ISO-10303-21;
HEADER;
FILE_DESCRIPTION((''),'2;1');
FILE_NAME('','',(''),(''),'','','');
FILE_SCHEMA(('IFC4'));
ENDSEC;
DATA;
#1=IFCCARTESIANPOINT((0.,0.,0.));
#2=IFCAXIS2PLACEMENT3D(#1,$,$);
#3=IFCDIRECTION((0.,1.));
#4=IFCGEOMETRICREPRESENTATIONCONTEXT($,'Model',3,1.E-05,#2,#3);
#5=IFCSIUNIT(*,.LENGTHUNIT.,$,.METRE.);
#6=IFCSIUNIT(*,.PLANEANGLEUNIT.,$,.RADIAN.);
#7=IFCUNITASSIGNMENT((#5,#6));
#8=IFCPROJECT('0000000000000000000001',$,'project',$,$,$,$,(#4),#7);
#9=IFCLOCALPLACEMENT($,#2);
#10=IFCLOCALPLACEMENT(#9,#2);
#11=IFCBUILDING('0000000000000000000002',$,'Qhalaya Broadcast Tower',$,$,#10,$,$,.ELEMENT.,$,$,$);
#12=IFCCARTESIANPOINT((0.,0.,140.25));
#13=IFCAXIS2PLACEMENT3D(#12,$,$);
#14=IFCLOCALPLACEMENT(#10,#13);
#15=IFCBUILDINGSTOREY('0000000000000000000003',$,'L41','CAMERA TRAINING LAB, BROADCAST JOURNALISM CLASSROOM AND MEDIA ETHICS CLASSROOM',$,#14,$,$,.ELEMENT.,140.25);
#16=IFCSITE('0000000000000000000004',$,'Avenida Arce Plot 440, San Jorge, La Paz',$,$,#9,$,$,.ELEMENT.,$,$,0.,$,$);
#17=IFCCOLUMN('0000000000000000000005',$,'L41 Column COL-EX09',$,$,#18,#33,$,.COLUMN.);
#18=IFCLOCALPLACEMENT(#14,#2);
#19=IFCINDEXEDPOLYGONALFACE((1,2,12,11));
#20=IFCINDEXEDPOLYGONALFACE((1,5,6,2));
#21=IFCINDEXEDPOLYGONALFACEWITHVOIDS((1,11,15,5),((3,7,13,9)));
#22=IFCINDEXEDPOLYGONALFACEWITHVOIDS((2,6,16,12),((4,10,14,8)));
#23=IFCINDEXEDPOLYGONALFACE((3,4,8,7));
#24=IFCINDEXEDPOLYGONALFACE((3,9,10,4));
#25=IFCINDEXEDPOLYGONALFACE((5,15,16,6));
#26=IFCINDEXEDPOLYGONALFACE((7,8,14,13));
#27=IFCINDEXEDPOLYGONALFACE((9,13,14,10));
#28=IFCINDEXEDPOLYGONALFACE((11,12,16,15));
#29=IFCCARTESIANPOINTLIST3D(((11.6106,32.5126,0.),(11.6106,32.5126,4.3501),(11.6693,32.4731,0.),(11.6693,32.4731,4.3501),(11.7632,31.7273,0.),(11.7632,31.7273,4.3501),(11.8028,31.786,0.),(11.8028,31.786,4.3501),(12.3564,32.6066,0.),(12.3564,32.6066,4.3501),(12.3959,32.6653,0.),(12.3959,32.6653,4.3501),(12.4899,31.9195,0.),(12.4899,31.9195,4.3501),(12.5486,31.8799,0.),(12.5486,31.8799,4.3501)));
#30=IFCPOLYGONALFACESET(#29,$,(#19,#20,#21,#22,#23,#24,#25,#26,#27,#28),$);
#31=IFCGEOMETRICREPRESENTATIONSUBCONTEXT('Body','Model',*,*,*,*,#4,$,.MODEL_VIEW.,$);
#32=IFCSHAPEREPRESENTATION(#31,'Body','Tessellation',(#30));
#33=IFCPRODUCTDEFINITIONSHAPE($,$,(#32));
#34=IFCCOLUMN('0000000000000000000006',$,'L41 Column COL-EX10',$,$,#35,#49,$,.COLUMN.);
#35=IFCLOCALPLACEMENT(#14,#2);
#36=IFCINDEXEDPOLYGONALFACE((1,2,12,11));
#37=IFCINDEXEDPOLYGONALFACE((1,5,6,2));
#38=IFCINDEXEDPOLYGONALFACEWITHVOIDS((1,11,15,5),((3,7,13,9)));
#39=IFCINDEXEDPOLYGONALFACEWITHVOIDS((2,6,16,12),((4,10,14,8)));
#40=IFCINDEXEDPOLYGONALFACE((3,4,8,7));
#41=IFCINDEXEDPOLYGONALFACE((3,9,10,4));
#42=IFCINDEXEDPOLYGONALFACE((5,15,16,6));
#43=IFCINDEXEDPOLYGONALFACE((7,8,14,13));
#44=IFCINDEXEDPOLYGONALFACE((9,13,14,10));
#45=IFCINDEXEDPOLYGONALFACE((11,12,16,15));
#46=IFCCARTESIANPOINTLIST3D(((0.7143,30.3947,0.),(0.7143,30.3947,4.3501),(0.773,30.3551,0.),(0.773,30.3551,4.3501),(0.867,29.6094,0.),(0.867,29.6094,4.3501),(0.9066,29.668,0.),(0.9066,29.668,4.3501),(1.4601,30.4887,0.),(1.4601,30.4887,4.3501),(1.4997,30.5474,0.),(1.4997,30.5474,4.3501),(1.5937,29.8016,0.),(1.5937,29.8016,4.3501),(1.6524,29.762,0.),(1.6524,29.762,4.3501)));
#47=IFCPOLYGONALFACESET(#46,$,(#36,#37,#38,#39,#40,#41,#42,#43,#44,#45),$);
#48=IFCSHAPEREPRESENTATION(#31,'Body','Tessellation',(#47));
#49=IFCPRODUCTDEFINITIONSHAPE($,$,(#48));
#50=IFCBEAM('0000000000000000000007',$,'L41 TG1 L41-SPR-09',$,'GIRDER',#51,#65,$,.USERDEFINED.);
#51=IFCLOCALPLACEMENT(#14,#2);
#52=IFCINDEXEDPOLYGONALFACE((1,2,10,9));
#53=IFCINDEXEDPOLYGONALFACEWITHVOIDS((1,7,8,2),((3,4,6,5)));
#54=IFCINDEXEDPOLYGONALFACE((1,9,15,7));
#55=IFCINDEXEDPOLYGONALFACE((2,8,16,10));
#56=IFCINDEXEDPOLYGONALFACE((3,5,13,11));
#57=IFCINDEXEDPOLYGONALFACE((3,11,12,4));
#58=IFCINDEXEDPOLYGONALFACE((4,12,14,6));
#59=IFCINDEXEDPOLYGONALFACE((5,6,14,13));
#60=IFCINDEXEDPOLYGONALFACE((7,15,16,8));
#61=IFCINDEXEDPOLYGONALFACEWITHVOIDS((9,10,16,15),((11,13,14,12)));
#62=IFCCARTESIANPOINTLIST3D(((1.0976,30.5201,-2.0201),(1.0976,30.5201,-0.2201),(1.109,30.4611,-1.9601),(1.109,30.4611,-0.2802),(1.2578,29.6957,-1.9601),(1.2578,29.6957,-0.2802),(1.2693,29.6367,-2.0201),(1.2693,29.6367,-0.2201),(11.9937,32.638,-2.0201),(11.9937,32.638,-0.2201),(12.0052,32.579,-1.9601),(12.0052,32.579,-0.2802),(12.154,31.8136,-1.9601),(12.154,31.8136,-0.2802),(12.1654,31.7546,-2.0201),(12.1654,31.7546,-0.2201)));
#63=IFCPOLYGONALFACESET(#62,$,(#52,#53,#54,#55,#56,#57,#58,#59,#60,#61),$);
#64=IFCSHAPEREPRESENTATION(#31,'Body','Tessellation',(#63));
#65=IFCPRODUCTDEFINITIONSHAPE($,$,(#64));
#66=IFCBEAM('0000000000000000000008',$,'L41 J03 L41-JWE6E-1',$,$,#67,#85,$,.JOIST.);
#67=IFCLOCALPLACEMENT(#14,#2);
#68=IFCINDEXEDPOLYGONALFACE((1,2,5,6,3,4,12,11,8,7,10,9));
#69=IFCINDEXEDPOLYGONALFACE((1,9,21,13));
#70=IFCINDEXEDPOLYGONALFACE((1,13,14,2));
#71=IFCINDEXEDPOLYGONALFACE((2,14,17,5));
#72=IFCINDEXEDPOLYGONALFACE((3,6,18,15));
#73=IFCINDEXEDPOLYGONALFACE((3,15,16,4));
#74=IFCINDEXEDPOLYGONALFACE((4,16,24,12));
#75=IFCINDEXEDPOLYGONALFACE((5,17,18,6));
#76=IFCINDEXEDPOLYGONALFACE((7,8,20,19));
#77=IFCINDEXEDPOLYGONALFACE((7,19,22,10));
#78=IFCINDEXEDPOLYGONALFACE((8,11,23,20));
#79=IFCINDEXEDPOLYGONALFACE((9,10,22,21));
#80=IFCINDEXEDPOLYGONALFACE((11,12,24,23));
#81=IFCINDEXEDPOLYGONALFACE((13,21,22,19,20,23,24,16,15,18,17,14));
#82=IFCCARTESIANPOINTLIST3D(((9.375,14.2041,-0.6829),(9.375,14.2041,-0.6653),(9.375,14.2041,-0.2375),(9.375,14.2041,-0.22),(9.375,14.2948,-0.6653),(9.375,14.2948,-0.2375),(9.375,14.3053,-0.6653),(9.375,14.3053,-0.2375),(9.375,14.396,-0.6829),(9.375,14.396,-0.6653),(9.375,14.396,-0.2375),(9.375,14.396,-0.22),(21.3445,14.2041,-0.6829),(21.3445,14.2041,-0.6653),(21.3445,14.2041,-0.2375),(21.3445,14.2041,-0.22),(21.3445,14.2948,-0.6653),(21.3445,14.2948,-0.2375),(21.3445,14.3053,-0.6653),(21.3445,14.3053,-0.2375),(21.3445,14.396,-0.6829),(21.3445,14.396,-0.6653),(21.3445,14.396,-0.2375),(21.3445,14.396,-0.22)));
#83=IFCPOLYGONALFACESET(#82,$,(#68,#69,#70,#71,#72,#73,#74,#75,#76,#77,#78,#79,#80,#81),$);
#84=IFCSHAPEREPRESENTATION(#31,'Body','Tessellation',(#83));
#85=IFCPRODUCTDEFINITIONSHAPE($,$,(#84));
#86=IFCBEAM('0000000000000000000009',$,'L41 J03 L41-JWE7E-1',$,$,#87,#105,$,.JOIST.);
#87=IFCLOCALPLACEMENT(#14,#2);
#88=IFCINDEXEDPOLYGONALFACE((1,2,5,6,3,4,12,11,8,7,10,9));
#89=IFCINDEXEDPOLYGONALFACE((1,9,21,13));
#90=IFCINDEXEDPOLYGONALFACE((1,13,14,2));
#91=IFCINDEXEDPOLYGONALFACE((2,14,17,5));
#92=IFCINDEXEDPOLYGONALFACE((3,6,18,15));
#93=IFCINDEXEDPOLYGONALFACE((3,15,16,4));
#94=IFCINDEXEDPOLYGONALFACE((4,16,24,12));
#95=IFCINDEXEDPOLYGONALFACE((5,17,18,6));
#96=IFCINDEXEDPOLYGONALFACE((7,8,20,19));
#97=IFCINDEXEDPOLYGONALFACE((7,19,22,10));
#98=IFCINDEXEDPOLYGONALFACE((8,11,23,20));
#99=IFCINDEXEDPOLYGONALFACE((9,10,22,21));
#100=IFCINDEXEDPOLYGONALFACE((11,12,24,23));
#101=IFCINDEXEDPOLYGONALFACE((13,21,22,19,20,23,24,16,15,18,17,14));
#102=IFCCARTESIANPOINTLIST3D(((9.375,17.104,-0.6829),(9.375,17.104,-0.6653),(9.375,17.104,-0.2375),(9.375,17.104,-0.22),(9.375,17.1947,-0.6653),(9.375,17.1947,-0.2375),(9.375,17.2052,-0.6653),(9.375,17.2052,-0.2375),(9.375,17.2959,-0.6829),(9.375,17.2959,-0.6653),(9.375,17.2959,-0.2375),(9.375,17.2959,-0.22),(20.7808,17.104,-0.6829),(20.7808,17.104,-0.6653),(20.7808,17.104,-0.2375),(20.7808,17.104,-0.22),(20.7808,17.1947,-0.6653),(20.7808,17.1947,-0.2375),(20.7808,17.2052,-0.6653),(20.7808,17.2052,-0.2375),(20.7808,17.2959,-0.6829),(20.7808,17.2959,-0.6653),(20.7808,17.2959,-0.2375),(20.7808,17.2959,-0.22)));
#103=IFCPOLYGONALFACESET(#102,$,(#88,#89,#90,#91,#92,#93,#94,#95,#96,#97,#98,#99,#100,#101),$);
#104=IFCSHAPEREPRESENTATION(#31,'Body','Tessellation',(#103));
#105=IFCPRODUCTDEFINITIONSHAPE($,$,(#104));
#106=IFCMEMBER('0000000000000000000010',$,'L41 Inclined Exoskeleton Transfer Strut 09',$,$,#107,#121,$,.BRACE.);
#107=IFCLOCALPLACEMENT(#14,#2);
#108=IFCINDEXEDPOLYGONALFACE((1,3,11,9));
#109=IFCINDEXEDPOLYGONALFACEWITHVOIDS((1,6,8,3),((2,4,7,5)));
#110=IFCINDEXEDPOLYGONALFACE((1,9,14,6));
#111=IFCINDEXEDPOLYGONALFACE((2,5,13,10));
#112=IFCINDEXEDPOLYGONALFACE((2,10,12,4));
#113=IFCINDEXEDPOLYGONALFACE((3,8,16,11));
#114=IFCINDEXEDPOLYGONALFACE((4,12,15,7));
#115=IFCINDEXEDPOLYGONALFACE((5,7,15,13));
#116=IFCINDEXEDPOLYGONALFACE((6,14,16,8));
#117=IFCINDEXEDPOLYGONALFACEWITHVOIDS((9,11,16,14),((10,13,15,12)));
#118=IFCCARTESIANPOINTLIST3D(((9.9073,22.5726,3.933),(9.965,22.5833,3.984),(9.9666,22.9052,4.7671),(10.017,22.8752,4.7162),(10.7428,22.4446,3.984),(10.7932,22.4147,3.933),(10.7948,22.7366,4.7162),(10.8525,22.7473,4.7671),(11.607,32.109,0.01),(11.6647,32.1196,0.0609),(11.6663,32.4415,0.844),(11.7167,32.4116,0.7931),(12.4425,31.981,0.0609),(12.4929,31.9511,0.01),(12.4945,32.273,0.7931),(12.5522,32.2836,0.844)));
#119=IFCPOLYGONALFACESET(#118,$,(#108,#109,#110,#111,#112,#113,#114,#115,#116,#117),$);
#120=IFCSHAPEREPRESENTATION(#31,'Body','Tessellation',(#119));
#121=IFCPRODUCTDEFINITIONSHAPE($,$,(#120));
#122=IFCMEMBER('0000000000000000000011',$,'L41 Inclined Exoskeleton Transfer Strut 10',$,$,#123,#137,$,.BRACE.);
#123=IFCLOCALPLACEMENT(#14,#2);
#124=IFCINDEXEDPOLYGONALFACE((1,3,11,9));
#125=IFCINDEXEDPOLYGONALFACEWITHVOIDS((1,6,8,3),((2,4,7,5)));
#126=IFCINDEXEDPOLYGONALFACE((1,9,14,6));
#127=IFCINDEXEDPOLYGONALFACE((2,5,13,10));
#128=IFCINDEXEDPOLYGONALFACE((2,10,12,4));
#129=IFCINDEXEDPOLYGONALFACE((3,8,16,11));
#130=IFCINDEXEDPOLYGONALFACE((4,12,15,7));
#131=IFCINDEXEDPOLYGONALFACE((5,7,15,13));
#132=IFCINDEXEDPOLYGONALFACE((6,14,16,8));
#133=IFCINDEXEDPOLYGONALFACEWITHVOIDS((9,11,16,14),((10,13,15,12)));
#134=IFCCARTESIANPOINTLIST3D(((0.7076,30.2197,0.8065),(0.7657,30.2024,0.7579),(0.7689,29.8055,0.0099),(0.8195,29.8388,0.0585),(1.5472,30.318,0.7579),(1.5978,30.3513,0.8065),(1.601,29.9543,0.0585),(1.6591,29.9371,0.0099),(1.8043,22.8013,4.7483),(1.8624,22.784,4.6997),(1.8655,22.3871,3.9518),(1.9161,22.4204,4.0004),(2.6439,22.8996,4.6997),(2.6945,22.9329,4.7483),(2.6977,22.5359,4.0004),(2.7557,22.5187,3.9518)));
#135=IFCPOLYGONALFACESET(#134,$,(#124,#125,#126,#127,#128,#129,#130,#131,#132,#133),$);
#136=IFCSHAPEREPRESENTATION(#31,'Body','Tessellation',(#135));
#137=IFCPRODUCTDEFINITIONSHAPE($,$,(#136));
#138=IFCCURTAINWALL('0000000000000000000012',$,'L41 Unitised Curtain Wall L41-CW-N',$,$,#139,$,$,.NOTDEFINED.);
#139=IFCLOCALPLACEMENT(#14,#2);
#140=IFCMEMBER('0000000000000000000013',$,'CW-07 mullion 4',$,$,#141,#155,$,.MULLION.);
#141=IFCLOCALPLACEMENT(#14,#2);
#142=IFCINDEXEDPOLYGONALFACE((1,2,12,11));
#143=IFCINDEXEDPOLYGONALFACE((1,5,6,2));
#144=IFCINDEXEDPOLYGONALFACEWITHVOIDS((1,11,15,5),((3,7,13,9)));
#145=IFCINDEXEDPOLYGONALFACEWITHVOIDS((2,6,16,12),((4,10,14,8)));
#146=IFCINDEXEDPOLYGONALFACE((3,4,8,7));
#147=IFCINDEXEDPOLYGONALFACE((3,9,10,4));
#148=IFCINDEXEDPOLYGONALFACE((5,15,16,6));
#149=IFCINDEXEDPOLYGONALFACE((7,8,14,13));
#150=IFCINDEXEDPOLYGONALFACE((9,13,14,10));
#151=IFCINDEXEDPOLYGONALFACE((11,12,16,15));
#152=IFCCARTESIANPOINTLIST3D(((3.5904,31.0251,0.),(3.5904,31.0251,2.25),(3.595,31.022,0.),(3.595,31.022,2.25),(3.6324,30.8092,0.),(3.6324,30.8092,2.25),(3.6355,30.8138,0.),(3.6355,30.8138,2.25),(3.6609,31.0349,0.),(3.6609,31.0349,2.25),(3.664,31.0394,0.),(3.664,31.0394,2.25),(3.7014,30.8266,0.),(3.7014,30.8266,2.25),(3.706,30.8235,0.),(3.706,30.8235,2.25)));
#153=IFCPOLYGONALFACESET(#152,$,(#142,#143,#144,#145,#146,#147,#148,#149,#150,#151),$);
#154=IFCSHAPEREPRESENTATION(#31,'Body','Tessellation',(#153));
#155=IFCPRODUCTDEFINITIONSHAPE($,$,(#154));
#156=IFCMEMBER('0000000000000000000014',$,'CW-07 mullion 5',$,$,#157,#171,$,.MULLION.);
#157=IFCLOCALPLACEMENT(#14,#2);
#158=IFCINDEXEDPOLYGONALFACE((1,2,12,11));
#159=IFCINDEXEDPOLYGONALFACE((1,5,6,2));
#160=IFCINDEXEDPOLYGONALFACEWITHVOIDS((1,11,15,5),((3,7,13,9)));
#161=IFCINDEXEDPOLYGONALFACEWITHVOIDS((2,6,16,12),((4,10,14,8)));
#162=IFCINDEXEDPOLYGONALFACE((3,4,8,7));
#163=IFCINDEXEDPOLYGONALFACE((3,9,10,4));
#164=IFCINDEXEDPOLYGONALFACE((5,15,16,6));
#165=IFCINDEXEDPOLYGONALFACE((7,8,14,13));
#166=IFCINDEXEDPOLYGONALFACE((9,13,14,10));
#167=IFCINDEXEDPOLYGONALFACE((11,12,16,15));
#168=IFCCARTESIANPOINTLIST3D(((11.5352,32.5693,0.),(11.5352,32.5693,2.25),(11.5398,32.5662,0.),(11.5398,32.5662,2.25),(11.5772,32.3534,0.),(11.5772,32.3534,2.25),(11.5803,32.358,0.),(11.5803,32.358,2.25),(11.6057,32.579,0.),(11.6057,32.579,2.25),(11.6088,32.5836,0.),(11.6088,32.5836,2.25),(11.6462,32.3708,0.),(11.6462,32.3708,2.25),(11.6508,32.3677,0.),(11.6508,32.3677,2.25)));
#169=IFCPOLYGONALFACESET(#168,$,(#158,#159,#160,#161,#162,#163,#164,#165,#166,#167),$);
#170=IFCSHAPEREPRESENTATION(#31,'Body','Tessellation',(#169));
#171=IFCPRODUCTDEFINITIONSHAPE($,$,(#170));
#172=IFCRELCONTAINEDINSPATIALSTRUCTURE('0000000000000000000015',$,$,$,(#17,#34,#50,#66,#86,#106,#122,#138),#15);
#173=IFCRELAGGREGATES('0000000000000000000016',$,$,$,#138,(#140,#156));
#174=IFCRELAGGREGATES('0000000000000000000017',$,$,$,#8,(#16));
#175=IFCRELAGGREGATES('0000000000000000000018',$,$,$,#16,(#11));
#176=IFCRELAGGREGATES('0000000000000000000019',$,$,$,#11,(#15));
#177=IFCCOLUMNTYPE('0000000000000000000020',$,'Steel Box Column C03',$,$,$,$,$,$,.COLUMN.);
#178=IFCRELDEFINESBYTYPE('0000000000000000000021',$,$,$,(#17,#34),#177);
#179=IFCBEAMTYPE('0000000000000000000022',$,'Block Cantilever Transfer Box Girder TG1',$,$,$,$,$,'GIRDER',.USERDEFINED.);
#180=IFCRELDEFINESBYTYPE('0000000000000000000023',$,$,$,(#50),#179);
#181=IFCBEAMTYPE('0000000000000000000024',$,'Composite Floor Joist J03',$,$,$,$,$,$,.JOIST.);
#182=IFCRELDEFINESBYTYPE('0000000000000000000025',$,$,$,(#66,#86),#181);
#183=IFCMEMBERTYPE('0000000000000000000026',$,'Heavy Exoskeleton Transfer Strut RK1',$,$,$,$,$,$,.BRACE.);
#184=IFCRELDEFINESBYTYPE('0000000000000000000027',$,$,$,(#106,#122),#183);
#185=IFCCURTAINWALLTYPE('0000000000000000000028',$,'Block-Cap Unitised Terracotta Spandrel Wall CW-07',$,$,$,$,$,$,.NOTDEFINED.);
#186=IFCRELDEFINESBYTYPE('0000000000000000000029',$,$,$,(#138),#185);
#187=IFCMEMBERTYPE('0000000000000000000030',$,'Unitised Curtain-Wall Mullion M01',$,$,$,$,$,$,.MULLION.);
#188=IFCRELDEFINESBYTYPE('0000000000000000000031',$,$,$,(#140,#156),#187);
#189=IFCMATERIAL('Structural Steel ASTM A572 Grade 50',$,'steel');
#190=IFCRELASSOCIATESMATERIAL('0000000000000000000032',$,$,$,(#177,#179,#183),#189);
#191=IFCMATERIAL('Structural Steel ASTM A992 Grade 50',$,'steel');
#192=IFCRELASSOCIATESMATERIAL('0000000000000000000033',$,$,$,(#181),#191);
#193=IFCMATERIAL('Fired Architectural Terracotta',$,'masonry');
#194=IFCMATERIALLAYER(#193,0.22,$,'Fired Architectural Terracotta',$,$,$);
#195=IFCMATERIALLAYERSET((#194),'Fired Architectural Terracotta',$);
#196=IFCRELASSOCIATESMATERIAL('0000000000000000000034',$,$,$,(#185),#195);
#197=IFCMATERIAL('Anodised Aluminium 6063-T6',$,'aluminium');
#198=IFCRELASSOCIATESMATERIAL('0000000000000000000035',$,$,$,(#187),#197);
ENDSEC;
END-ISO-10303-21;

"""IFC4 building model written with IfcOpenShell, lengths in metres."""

from ifc_helpers import new_model, si_unit, direction, frame, origin, origin_2d, place, context, subcontext, project, spatial, hollow_rectangle, i_section, extrude, material, layer, layer_set, material_profile, profile_set, type_object, element, aggregate, save


model = new_model("IFC4")

# Units and contexts
model_context = context("Model", 3, precision=1e-05, world=origin(), true_north=direction((0.0, 1.0)))
body_context = subcontext(model_context, "Body", "Model", "MODEL_VIEW")
ifc_project = project(units=[si_unit("LENGTHUNIT", "METRE"), si_unit("PLANEANGLEUNIT", "RADIAN")], contexts=[model_context])

# Site, building, storey
site_placement = place(None, origin())
site = spatial("IfcSite", under=ifc_project, at=site_placement, Name="Avenida Arce Plot 440, San Jorge, La Paz", CompositionType="ELEMENT", RefElevation=0.0)
building_placement = place(site_placement, origin())
building = spatial("IfcBuilding", under=site, at=building_placement, Name="Qhalaya Broadcast Tower", CompositionType="ELEMENT")
storey_placement = place(building_placement, frame((0.0, 0.0, 140.25)))
storey = spatial("IfcBuildingStorey", under=building, at=storey_placement, Name="L41", Description="CAMERA TRAINING LAB, BROADCAST JOURNALISM CLASSROOM AND MEDIA ETHICS CLASSROOM", CompositionType="ELEMENT", Elevation=140.25)

# Columns
ifc_material_1 = material(Name="Structural Steel ASTM A572 Grade 50", Category="steel")
ifc_material_profile_1 = material_profile(ifc_material_1, hollow_rectangle(XDim=0.8, YDim=0.8, WallThickness=0.05, at=origin_2d()), Name="BOX 800x800x50")
ifc_profile_set_1 = profile_set([ifc_material_profile_1], Name="Structural Steel ASTM A572 Grade 50")
column_type = type_object("IfcColumnType", Name="Steel Box Column C03", PredefinedType="COLUMN", material=ifc_profile_set_1)
for number, where, z_axis, x_axis, name in (
    (1, (12.0796, 32.1963, 0.0), (0.0, 0.0, 1.0), (0.981627, 0.190809, 0.0), "L41 Column COL-EX09"),
    (2, (1.1833, 30.0784, 0.0), (0.0, 0.0, 1.0), (0.981627, 0.190809, 0.0), "L41 Column COL-EX10"),
):
    element("IfcColumn", number, at=place(storey_placement, frame(where, z_axis=z_axis, x_axis=x_axis)), inside=storey, type_object=column_type, Name=name, PredefinedType="COLUMN", context=body_context, shape_type="SweptSolid", body=[
        extrude(hollow_rectangle(XDim=0.8, YDim=0.8, WallThickness=0.05, at=origin_2d()), origin(), (0.0, 0.0, 1.0), 4.3501),
    ])

# Beams
ifc_material_profile_2 = material_profile(ifc_material_1, hollow_rectangle(XDim=0.8999, YDim=1.8, WallThickness=0.0601, at=origin_2d()), Name="BOX 900x1800x60")
ifc_profile_set_2 = profile_set([ifc_material_profile_2], Name="Structural Steel ASTM A572 Grade 50")
beam_type_1 = type_object("IfcBeamType", Name="Block Cantilever Transfer Box Girder TG1", ElementType="GIRDER", PredefinedType="USERDEFINED", material=ifc_profile_set_2)
beam_1_placement = place(storey_placement, frame((12.0796, 32.1963, -1.1201), z_axis=(-0.981629, -0.190801, 0.0), x_axis=(0.190801, -0.981629, 0.0)))
element("IfcBeam", 3, at=beam_1_placement, inside=storey, type_object=beam_type_1, Name="L41 TG1 L41-SPR-09", ObjectType="GIRDER", PredefinedType="USERDEFINED", context=body_context, shape_type="SweptSolid", body=[
    extrude(hollow_rectangle(XDim=0.8999, YDim=1.8, WallThickness=0.0601, at=origin_2d()), origin(), (0.0, 0.0, 1.0), 11.1001),
])
ifc_material_2 = material(Name="Structural Steel ASTM A992 Grade 50", Category="steel")
ifc_material_profile_3 = material_profile(ifc_material_2, i_section(OverallWidth=0.1919, OverallDepth=0.4629, WebThickness=0.0105, FlangeThickness=0.0176, at=origin_2d()), Name="W18X60")
ifc_profile_set_3 = profile_set([ifc_material_profile_3], Name="Structural Steel ASTM A992 Grade 50")
beam_type_2 = type_object("IfcBeamType", Name="Composite Floor Joist J03", PredefinedType="JOIST", material=ifc_profile_set_3)
beam_2_placement = place(storey_placement, frame((9.375, 14.3, -0.4514), z_axis=(1.0, 0.0, 0.0), x_axis=(0.0, 1.0, 0.0)))
element("IfcBeam", 4, at=beam_2_placement, inside=storey, type_object=beam_type_2, Name="L41 J03 L41-JWE6E-1", PredefinedType="JOIST", context=body_context, shape_type="SweptSolid", body=[
    extrude(i_section(OverallWidth=0.1919, OverallDepth=0.4629, WebThickness=0.0105, FlangeThickness=0.0176, at=origin_2d()), origin(), (0.0, 0.0, 1.0), 11.9695),
])
beam_3_placement = place(storey_placement, frame((9.375, 17.2, -0.4514), z_axis=(1.0, 0.0, 0.0), x_axis=(0.0, 1.0, 0.0)))
element("IfcBeam", 5, at=beam_3_placement, inside=storey, type_object=beam_type_2, Name="L41 J03 L41-JWE7E-1", PredefinedType="JOIST", context=body_context, shape_type="SweptSolid", body=[
    extrude(i_section(OverallWidth=0.1919, OverallDepth=0.4629, WebThickness=0.0105, FlangeThickness=0.0176, at=origin_2d()), origin(), (0.0, 0.0, 1.0), 11.4058),
])

# Members
ifc_material_profile_4 = material_profile(ifc_material_1, hollow_rectangle(XDim=0.8999, YDim=0.8999, WallThickness=0.0549, at=origin_2d()), Name="BOX 900x900x55")
ifc_profile_set_4 = profile_set([ifc_material_profile_4], Name="Structural Steel ASTM A572 Grade 50")
member_type_1 = type_object("IfcMemberType", Name="Heavy Exoskeleton Transfer Strut RK1", PredefinedType="BRACE", material=ifc_profile_set_4)
member_1_placement = place(storey_placement, frame((12.0796, 32.1963, 0.427), z_axis=(-0.162637, -0.91249, 0.375382), x_axis=(0.984485, -0.175469, 0.0)))
element("IfcMember", 6, at=member_1_placement, inside=storey, type_object=member_type_1, Name="L41 Inclined Exoskeleton Transfer Strut 09", PredefinedType="BRACE", context=body_context, shape_type="SweptSolid", body=[
    extrude(hollow_rectangle(XDim=0.8999, YDim=0.8999, WallThickness=0.0549, at=origin_2d()), origin(), (0.0, 0.0, 1.0), 10.4509),
])
member_2_placement = place(storey_placement, frame((1.1833, 30.0784, 0.4082), z_axis=(0.129448, -0.875644, 0.465285), x_axis=(0.989249, 0.146242, 0.0)))
element("IfcMember", 7, at=member_2_placement, inside=storey, type_object=member_type_1, Name="L41 Inclined Exoskeleton Transfer Strut 10", PredefinedType="BRACE", context=body_context, shape_type="SweptSolid", body=[
    extrude(hollow_rectangle(XDim=0.8999, YDim=0.8999, WallThickness=0.0549, at=origin_2d()), origin(), (0.0, 0.0, 1.0), 8.4719),
])

# Curtain wall, members
ifc_material_3 = material(Name="Fired Architectural Terracotta", Category="masonry")
ifc_layer_1 = layer(ifc_material_3, 0.22, Name="Fired Architectural Terracotta")
ifc_layer_set_1 = layer_set([ifc_layer_1], Name="Fired Architectural Terracotta")
curtain_wall_type = type_object("IfcCurtainWallType", Name="Block-Cap Unitised Terracotta Spandrel Wall CW-07", PredefinedType="NOTDEFINED", material=ifc_layer_set_1)
curtain_wall_placement = place(storey_placement, origin())
curtain_wall = element("IfcCurtainWall", 8, at=curtain_wall_placement, inside=storey, type_object=curtain_wall_type, Name="L41 Unitised Curtain Wall L41-CW-N", PredefinedType="NOTDEFINED")
ifc_material_4 = material(Name="Anodised Aluminium 6063-T6", Category="aluminium")
ifc_material_profile_5 = material_profile(ifc_material_4, hollow_rectangle(XDim=0.075, YDim=0.22, WallThickness=0.0039, at=origin_2d()), Name="ALU-MUL 75x220x4")
ifc_profile_set_5 = profile_set([ifc_material_profile_5], Name="Anodised Aluminium 6063-T6")
member_type_2 = type_object("IfcMemberType", Name="Unitised Curtain-Wall Mullion M01", PredefinedType="MULLION", material=ifc_profile_set_5)
member_3_placement = place(storey_placement, frame((3.6482, 30.9243, 0.0), z_axis=(0.0, 0.0, 1.0), x_axis=(0.981627, 0.19081, 0.0)))
member_3 = element("IfcMember", 9, at=member_3_placement, type_object=member_type_2, Name="CW-07 mullion 4", PredefinedType="MULLION", context=body_context, shape_type="SweptSolid", body=[
    extrude(hollow_rectangle(XDim=0.075, YDim=0.22, WallThickness=0.0039, at=origin_2d()), origin(), (0.0, 0.0, 1.0), 2.25),
])
member_4_placement = place(storey_placement, frame((11.593, 32.4685, 0.0), z_axis=(0.0, 0.0, 1.0), x_axis=(0.981627, 0.19081, 0.0)))
member_4 = element("IfcMember", 10, at=member_4_placement, type_object=member_type_2, Name="CW-07 mullion 5", PredefinedType="MULLION", context=body_context, shape_type="SweptSolid", body=[
    extrude(hollow_rectangle(XDim=0.075, YDim=0.22, WallThickness=0.0039, at=origin_2d()), origin(), (0.0, 0.0, 1.0), 2.25),
])

aggregate(curtain_wall, [member_3, member_4])

save(model, "model.ifc")
